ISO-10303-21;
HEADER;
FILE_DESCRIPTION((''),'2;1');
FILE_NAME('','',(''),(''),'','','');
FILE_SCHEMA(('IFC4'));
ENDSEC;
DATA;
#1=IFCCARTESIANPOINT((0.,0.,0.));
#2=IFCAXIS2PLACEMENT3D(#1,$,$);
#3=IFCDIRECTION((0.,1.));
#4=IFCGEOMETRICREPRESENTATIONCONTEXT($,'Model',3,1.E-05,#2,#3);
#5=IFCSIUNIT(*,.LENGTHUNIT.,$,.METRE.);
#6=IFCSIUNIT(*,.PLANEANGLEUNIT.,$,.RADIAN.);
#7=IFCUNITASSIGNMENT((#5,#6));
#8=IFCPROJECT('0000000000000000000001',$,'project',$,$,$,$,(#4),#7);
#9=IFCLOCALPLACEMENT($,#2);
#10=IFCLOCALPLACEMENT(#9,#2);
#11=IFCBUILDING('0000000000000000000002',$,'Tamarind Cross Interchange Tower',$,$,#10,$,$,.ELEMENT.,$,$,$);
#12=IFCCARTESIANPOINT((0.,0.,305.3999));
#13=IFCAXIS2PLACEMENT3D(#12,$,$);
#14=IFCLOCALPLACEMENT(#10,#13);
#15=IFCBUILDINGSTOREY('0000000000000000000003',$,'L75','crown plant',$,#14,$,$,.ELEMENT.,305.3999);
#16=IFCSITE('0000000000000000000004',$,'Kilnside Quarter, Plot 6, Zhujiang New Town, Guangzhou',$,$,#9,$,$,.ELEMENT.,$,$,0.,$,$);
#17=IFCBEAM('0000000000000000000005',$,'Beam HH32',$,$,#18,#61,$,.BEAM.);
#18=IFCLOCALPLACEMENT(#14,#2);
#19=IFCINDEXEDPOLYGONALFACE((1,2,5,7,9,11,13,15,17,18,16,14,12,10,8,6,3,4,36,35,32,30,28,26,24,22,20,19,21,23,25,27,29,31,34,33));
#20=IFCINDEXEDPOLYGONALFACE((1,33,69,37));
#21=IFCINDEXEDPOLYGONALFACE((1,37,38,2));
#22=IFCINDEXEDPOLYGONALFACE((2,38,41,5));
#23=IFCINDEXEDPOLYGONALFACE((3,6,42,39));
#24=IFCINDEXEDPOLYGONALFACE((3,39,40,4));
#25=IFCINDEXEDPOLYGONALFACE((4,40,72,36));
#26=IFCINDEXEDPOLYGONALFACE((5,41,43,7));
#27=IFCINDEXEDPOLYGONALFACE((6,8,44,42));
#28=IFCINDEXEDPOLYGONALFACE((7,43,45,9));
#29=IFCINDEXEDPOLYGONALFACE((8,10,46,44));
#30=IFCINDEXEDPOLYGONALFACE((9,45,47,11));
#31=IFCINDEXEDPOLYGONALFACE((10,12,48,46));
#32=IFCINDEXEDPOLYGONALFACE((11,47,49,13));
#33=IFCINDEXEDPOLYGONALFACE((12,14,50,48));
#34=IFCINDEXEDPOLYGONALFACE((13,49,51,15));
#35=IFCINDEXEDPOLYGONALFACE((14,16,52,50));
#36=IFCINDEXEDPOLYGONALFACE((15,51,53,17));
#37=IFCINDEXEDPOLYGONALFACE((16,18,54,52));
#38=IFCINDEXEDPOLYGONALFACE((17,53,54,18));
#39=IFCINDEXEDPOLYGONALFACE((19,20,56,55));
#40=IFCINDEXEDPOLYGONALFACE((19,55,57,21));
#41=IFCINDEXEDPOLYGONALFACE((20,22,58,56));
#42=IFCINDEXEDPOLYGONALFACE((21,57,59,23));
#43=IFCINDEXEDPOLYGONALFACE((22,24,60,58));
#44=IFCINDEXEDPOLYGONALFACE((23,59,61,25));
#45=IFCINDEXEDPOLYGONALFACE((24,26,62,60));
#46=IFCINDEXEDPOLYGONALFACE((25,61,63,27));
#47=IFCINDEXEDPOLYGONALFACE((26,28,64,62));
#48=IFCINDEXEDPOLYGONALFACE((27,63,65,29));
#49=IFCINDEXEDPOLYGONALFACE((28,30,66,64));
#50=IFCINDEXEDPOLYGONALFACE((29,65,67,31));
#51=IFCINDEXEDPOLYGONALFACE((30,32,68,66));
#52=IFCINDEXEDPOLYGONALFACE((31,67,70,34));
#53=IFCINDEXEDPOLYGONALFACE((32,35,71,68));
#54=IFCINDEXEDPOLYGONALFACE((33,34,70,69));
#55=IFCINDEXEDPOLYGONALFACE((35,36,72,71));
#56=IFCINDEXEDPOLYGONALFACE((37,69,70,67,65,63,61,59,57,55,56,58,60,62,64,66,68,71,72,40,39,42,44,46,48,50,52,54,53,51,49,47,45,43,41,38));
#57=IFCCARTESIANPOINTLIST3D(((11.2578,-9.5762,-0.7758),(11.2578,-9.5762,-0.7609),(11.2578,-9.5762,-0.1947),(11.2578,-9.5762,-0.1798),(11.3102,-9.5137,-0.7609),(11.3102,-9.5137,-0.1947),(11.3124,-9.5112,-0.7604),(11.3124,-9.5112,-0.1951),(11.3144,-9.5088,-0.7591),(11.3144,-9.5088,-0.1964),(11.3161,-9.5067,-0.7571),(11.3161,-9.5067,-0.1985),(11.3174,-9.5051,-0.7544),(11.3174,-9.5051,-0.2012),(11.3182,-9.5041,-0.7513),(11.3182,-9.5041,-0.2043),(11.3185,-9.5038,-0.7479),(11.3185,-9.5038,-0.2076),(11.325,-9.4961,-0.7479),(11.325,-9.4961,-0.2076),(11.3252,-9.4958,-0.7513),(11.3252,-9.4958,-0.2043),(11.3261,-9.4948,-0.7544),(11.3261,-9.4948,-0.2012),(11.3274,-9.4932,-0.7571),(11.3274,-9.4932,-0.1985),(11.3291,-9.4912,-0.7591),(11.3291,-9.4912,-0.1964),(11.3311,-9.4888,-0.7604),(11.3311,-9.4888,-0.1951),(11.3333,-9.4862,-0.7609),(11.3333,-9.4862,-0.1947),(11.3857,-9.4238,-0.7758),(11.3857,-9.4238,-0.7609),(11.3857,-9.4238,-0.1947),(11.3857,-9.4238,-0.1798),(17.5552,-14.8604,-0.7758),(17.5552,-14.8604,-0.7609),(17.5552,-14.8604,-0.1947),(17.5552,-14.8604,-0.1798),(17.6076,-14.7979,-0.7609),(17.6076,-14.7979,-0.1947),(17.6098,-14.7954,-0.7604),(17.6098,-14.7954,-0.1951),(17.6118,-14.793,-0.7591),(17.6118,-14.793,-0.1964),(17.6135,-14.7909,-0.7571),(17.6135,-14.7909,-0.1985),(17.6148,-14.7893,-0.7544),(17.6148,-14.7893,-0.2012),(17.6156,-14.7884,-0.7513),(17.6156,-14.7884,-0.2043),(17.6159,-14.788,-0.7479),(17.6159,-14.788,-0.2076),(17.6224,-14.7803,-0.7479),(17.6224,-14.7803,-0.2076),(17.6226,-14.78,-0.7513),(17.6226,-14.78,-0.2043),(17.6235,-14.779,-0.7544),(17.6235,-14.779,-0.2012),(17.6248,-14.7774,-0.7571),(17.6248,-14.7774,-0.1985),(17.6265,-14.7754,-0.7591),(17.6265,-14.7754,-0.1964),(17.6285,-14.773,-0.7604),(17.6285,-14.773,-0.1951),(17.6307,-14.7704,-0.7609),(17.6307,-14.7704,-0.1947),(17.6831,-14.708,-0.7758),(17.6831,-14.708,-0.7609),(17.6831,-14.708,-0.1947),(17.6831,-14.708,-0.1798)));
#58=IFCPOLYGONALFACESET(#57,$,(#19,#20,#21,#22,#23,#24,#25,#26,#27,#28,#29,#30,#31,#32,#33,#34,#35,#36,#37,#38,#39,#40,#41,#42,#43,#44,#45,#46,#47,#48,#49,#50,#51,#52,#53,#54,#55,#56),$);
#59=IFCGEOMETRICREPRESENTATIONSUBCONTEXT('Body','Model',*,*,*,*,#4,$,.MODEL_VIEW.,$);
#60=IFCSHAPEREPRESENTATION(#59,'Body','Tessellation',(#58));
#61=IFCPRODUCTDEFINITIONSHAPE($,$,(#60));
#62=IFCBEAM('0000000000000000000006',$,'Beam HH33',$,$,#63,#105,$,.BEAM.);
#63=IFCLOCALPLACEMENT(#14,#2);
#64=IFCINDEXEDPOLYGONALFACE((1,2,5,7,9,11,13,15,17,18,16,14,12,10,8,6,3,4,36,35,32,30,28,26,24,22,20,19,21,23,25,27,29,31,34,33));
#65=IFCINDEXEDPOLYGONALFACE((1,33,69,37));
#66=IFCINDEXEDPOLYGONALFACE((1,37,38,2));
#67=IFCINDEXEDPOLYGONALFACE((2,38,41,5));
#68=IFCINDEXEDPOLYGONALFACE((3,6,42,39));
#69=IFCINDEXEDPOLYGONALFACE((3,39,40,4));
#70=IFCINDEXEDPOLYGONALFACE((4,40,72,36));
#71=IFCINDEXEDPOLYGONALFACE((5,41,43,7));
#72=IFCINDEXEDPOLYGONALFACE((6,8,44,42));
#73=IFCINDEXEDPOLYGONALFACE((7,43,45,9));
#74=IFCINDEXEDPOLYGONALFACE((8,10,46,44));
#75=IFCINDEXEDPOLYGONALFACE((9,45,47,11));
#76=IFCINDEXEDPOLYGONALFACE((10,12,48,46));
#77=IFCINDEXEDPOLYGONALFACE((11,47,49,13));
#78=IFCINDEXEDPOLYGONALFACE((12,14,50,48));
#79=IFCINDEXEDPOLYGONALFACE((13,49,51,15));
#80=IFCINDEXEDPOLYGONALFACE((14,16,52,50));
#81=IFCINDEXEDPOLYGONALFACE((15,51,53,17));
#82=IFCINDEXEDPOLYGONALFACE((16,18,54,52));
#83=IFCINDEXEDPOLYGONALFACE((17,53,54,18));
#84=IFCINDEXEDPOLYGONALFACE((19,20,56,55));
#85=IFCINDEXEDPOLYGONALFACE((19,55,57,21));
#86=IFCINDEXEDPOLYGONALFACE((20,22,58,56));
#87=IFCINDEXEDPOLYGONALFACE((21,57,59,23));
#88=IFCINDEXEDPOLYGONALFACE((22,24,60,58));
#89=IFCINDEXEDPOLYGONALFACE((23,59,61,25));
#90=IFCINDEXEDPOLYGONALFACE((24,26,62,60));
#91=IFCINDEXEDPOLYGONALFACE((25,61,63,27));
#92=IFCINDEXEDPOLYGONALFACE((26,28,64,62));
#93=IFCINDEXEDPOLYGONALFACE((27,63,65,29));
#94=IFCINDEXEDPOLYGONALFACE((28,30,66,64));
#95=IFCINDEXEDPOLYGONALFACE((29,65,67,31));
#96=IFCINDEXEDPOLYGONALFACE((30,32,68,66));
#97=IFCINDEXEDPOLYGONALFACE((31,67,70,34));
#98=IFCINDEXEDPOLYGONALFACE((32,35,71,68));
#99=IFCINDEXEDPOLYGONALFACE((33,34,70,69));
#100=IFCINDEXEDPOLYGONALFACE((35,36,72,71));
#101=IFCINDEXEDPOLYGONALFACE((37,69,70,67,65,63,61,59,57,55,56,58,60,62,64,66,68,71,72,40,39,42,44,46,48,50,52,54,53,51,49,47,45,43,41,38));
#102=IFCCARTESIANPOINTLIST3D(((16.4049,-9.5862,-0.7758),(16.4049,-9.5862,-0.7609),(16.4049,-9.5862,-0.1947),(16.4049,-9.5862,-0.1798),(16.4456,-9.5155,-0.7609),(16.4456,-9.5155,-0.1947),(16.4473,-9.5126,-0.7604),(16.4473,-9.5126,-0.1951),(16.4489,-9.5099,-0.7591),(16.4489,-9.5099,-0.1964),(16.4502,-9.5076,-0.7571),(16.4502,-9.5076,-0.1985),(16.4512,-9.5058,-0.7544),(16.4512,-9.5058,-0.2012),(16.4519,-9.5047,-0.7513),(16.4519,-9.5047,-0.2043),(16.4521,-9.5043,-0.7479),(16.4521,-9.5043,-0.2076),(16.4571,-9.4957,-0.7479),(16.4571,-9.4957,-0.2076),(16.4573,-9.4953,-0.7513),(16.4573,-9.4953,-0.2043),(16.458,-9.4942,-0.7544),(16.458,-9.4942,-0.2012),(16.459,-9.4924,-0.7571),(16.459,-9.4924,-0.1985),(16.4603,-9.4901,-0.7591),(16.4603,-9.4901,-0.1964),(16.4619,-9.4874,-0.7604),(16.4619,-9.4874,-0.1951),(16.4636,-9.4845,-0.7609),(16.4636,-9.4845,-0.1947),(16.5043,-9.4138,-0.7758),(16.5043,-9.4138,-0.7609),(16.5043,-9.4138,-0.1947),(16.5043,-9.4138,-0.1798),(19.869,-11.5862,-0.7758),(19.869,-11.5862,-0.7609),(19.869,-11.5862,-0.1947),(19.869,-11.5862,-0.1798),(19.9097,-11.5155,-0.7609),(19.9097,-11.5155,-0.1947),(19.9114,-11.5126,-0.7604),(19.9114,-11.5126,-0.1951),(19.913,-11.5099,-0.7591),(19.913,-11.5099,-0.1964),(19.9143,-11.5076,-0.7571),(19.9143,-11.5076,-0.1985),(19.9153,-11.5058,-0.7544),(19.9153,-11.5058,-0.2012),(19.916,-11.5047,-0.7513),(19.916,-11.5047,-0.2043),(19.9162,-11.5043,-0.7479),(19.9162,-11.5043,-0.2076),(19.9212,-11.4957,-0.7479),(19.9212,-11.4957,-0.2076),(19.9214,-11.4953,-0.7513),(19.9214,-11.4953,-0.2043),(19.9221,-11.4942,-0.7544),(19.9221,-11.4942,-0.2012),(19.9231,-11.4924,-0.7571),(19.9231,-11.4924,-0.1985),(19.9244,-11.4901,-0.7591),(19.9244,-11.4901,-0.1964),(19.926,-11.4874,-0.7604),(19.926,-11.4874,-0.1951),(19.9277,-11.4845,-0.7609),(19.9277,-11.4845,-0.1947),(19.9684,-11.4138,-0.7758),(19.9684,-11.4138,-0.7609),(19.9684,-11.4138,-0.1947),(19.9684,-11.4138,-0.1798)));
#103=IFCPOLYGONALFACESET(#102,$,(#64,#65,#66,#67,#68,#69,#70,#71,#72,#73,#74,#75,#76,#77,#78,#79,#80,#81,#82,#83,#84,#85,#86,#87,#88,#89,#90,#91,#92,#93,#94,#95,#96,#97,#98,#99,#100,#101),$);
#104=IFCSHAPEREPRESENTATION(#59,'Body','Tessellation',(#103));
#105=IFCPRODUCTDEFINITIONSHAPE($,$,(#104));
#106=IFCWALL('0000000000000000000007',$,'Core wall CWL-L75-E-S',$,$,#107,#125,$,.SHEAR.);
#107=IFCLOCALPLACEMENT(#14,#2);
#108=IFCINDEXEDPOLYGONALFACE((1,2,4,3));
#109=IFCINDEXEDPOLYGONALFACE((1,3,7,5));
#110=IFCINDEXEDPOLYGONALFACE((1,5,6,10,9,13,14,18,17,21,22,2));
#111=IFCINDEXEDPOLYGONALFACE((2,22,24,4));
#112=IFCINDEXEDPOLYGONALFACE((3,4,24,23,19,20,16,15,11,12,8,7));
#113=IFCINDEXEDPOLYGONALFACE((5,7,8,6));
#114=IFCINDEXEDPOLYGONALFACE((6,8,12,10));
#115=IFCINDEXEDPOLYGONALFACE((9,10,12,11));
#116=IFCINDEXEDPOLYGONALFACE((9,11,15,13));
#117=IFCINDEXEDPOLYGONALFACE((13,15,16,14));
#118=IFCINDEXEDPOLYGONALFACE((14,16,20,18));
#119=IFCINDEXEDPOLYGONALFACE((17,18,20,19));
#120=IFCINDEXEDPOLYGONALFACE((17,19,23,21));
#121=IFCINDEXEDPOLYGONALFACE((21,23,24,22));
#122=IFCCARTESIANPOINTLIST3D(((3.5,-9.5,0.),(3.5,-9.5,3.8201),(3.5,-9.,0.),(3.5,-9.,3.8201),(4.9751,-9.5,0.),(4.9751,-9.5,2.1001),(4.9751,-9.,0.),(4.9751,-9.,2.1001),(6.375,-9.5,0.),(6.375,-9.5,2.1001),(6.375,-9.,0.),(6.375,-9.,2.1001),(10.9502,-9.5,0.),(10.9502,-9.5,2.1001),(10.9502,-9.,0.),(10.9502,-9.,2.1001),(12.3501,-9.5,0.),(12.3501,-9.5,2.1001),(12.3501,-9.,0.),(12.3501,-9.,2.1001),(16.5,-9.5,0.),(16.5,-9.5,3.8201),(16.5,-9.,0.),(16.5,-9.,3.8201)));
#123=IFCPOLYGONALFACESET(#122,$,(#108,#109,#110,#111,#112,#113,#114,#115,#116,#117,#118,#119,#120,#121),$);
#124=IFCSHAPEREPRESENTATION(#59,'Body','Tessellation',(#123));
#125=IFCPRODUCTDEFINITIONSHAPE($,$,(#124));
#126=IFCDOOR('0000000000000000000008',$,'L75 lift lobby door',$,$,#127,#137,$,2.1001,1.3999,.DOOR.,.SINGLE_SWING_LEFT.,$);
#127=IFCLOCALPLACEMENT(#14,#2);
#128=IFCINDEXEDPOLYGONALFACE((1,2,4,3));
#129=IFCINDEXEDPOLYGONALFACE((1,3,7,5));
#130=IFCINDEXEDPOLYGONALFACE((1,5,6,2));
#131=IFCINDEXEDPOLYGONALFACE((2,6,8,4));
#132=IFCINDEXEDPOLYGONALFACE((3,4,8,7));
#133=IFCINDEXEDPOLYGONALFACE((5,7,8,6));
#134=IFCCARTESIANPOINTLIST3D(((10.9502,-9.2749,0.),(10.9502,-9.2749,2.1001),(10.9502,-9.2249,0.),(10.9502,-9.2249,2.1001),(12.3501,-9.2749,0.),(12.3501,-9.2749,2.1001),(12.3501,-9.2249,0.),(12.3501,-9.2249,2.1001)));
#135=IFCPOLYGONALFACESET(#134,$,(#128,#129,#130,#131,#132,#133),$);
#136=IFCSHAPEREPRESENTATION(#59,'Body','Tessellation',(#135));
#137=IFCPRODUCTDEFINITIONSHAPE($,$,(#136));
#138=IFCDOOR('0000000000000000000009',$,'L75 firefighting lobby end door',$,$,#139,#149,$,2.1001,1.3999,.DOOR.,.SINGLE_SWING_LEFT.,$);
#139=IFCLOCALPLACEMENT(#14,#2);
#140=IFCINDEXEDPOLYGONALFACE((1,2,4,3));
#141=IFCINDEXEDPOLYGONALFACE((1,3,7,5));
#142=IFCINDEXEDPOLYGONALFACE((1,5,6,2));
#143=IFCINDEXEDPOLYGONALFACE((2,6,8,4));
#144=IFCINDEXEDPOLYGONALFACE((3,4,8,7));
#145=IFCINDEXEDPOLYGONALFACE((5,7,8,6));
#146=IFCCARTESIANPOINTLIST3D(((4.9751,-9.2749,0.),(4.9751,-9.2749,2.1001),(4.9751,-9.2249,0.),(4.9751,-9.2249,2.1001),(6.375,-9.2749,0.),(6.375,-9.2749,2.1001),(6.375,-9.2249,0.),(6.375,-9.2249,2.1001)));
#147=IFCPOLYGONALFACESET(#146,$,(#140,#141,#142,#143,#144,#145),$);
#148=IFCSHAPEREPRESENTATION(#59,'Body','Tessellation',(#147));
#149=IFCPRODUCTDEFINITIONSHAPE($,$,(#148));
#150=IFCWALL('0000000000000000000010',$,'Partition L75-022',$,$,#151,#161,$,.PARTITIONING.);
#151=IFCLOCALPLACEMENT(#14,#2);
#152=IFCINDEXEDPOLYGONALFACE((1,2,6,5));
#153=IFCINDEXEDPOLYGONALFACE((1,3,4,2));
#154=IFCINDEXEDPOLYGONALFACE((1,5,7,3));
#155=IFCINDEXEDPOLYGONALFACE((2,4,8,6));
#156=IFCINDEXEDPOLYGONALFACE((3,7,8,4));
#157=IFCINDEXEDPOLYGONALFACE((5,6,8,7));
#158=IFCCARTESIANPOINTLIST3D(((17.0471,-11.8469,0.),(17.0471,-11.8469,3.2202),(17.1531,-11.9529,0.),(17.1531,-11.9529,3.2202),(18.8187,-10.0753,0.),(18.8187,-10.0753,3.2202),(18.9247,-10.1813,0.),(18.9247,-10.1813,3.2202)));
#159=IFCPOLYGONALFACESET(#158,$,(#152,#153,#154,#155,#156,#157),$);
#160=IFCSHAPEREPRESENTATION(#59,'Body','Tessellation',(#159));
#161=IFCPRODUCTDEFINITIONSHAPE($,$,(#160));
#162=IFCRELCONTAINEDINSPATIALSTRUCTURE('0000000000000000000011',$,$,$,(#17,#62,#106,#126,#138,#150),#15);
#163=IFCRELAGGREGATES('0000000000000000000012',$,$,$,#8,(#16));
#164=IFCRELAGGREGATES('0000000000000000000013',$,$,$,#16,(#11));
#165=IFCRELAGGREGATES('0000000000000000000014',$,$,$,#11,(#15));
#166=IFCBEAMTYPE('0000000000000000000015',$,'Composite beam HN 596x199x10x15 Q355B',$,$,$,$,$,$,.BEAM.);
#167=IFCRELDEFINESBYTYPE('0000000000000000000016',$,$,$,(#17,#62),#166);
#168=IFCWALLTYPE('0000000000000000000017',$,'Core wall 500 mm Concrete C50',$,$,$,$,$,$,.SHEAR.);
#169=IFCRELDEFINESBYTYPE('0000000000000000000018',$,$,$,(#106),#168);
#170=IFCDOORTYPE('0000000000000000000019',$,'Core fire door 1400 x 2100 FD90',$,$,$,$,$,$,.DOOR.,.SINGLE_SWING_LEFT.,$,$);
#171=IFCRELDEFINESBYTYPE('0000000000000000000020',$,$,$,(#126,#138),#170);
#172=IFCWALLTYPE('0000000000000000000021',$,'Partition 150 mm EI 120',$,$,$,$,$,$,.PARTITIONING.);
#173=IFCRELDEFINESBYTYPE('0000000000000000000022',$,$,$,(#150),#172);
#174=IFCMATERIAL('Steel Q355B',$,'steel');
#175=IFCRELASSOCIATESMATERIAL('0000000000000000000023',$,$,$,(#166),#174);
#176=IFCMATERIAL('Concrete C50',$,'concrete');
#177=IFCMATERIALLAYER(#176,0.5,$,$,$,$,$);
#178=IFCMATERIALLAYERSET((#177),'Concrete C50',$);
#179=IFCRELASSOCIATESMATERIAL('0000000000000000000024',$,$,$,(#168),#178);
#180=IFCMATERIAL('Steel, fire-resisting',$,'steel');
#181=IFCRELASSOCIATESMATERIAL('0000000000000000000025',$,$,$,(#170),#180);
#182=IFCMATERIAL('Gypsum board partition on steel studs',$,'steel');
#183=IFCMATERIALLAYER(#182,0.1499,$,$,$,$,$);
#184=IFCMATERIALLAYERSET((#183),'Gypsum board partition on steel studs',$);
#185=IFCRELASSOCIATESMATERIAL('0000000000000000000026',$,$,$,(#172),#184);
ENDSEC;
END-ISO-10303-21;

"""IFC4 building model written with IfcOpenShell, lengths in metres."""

from ifc_helpers import new_model, si_unit, direction, frame, frame_2d, origin, origin_2d, place, context, subcontext, project, spatial, rectangle, i_section, extrude, material, layer, layer_set, material_profile, profile_set, type_object, element, fill, save


model = new_model("IFC4")

# Units and contexts
model_context = context("Model", 3, precision=1e-05, world=origin(), true_north=direction((0.0, 1.0)))
body_context = subcontext(model_context, "Body", "Model", "MODEL_VIEW")
ifc_project = project(units=[si_unit("LENGTHUNIT", "METRE"), si_unit("PLANEANGLEUNIT", "RADIAN")], contexts=[model_context])

# Site, building, storey
site_placement = place(None, origin())
site = spatial("IfcSite", under=ifc_project, at=site_placement, Name="Kilnside Quarter, Plot 6, Zhujiang New Town, Guangzhou", CompositionType="ELEMENT", RefElevation=0.0)
building_placement = place(site_placement, origin())
building = spatial("IfcBuilding", under=site, at=building_placement, Name="Tamarind Cross Interchange Tower", CompositionType="ELEMENT")
storey_placement = place(building_placement, frame((0.0, 0.0, 305.3999)))
storey = spatial("IfcBuildingStorey", under=building, at=storey_placement, Name="L75", Description="crown plant", CompositionType="ELEMENT", Elevation=305.3999)

# Beams
ifc_material_1 = material(Name="Steel Q355B", Category="steel")
ifc_material_profile_1 = material_profile(ifc_material_1, i_section(OverallWidth=0.199, OverallDepth=0.5959, WebThickness=0.01, FlangeThickness=0.0149, FilletRadius=0.0129, at=origin_2d()), Name="HN 596x199x10x15")
ifc_profile_set_1 = profile_set([ifc_material_profile_1], Name="Steel Q355B")
beam_type = type_object("IfcBeamType", Name="Composite beam HN 596x199x10x15 Q355B", PredefinedType="BEAM", material=ifc_profile_set_1)
beam_1_placement = place(storey_placement, frame((17.6191, -14.7842, -0.4778), z_axis=(-0.766041, 0.642792, 0.0), x_axis=(-0.642792, -0.766041, 0.0)))
element("IfcBeam", 1, at=beam_1_placement, inside=storey, type_object=beam_type, Name="Beam HH32", PredefinedType="BEAM", context=body_context, shape_type="SweptSolid", body=[
    extrude(i_section(OverallWidth=0.199, OverallDepth=0.5959, WebThickness=0.01, FlangeThickness=0.0149, FilletRadius=0.0129, at=origin_2d()), origin(), (0.0, 0.0, 1.0), 8.2207),
])
beam_2_placement = place(storey_placement, frame((19.9187, -11.5, -0.4778), z_axis=(-0.866026, 0.499999, 0.0), x_axis=(-0.499999, -0.866026, 0.0)))
element("IfcBeam", 2, at=beam_2_placement, inside=storey, type_object=beam_type, Name="Beam HH33", PredefinedType="BEAM", context=body_context, shape_type="SweptSolid", body=[
    extrude(i_section(OverallWidth=0.199, OverallDepth=0.5959, WebThickness=0.01, FlangeThickness=0.0149, FilletRadius=0.0129, at=origin_2d()), origin(), (0.0, 0.0, 1.0), 4.0),
])

# Wall, openings, doors
ifc_material_2 = material(Name="Concrete C50", Category="concrete")
ifc_layer_1 = layer(ifc_material_2, 0.5)
ifc_layer_set_1 = layer_set([ifc_layer_1], Name="Concrete C50")
wall_type_1 = type_object("IfcWallType", Name="Core wall 500 mm Concrete C50", PredefinedType="SHEAR", material=ifc_layer_set_1)
wall_1_placement = place(storey_placement, frame((16.5, -9.25, 0.0), z_axis=(0.0, 0.0, 1.0), x_axis=(-1.0, 0.0, 0.0)))
wall_1 = element("IfcWall", 3, at=wall_1_placement, inside=storey, type_object=wall_type_1, Name="Core wall CWL-L75-E-S", PredefinedType="SHEAR", context=body_context, shape_type="SweptSolid", body=[
    extrude(rectangle(XDim=13.0, YDim=0.5, at=frame_2d((6.5, 0.0))), origin(), (0.0, 0.0, 1.0), 3.8201),
])
opening_1_placement = place(wall_1_placement, frame((4.1499, 0.0, 0.0)))
opening_1 = element("IfcOpeningElement", 4, at=opening_1_placement, cuts=wall_1, PredefinedType="OPENING", context=body_context, shape_type="SweptSolid", body=[
    extrude(rectangle(XDim=1.3999, YDim=2.1001, at=frame_2d((0.7, 1.05))), frame((0.0, 0.26, 0.0), z_axis=(0.0, -1.0, 0.0), x_axis=(1.0, 0.0, 0.0)), (0.0, 0.0, 1.0), 0.52),
])
opening_2_placement = place(wall_1_placement, frame((10.125, 0.0, 0.0)))
opening_2 = element("IfcOpeningElement", 5, at=opening_2_placement, cuts=wall_1, PredefinedType="OPENING", context=body_context, shape_type="SweptSolid", body=[
    extrude(rectangle(XDim=1.3999, YDim=2.1001, at=frame_2d((0.7, 1.05))), frame((0.0, 0.26, 0.0), z_axis=(0.0, -1.0, 0.0), x_axis=(1.0, 0.0, 0.0)), (0.0, 0.0, 1.0), 0.52),
])
ifc_material_3 = material(Name="Steel, fire-resisting", Category="steel")
door_type_1 = type_object("IfcDoorType", Name="Core fire door 1400 x 2100 FD90", OperationType="SINGLE_SWING_LEFT", PredefinedType="DOOR", material=ifc_material_3)
door_1_placement = place(opening_1_placement, origin())
door_1 = element("IfcDoor", 6, at=door_1_placement, inside=storey, type_object=door_type_1, Name="L75 lift lobby door", OperationType="SINGLE_SWING_LEFT", OverallHeight=2.1001, OverallWidth=1.3999, PredefinedType="DOOR", context=body_context, shape_type="SweptSolid", body=[
    extrude(rectangle(XDim=1.3999, YDim=2.1001, at=frame_2d((0.7, 1.05))), frame((0.0, 0.0249, 0.0), z_axis=(0.0, -1.0, 0.0), x_axis=(1.0, 0.0, 0.0)), (0.0, 0.0, 1.0), 0.05),
])
fill(opening_1, door_1)
door_2_placement = place(opening_2_placement, origin())
door_2 = element("IfcDoor", 7, at=door_2_placement, inside=storey, type_object=door_type_1, Name="L75 firefighting lobby end door", OperationType="SINGLE_SWING_LEFT", OverallHeight=2.1001, OverallWidth=1.3999, PredefinedType="DOOR", context=body_context, shape_type="SweptSolid", body=[
    extrude(rectangle(XDim=1.3999, YDim=2.1001, at=frame_2d((0.7, 1.05))), frame((0.0, 0.0249, 0.0), z_axis=(0.0, -1.0, 0.0), x_axis=(1.0, 0.0, 0.0)), (0.0, 0.0, 1.0), 0.05),
])
fill(opening_2, door_2)

# Wall
ifc_material_4 = material(Name="Gypsum board partition on steel studs", Category="steel")
ifc_layer_2 = layer(ifc_material_4, 0.1499)
ifc_layer_set_2 = layer_set([ifc_layer_2], Name="Gypsum board partition on steel studs")
wall_type_2 = type_object("IfcWallType", Name="Partition 150 mm EI 120", PredefinedType="PARTITIONING", material=ifc_layer_set_2)
wall_2_placement = place(storey_placement, frame((17.1001, -11.8999, 0.0), z_axis=(0.0, 0.0, 1.0), x_axis=(0.707107, 0.707107, 0.0)))
element("IfcWall", 8, at=wall_2_placement, inside=storey, type_object=wall_type_2, Name="Partition L75-022", PredefinedType="PARTITIONING", context=body_context, shape_type="SweptSolid", body=[
    extrude(rectangle(XDim=2.5054, YDim=0.1499, at=frame_2d((1.2527, 0.0))), origin(), (0.0, 0.0, 1.0), 3.2202),
])

save(model, "model.ifc")
